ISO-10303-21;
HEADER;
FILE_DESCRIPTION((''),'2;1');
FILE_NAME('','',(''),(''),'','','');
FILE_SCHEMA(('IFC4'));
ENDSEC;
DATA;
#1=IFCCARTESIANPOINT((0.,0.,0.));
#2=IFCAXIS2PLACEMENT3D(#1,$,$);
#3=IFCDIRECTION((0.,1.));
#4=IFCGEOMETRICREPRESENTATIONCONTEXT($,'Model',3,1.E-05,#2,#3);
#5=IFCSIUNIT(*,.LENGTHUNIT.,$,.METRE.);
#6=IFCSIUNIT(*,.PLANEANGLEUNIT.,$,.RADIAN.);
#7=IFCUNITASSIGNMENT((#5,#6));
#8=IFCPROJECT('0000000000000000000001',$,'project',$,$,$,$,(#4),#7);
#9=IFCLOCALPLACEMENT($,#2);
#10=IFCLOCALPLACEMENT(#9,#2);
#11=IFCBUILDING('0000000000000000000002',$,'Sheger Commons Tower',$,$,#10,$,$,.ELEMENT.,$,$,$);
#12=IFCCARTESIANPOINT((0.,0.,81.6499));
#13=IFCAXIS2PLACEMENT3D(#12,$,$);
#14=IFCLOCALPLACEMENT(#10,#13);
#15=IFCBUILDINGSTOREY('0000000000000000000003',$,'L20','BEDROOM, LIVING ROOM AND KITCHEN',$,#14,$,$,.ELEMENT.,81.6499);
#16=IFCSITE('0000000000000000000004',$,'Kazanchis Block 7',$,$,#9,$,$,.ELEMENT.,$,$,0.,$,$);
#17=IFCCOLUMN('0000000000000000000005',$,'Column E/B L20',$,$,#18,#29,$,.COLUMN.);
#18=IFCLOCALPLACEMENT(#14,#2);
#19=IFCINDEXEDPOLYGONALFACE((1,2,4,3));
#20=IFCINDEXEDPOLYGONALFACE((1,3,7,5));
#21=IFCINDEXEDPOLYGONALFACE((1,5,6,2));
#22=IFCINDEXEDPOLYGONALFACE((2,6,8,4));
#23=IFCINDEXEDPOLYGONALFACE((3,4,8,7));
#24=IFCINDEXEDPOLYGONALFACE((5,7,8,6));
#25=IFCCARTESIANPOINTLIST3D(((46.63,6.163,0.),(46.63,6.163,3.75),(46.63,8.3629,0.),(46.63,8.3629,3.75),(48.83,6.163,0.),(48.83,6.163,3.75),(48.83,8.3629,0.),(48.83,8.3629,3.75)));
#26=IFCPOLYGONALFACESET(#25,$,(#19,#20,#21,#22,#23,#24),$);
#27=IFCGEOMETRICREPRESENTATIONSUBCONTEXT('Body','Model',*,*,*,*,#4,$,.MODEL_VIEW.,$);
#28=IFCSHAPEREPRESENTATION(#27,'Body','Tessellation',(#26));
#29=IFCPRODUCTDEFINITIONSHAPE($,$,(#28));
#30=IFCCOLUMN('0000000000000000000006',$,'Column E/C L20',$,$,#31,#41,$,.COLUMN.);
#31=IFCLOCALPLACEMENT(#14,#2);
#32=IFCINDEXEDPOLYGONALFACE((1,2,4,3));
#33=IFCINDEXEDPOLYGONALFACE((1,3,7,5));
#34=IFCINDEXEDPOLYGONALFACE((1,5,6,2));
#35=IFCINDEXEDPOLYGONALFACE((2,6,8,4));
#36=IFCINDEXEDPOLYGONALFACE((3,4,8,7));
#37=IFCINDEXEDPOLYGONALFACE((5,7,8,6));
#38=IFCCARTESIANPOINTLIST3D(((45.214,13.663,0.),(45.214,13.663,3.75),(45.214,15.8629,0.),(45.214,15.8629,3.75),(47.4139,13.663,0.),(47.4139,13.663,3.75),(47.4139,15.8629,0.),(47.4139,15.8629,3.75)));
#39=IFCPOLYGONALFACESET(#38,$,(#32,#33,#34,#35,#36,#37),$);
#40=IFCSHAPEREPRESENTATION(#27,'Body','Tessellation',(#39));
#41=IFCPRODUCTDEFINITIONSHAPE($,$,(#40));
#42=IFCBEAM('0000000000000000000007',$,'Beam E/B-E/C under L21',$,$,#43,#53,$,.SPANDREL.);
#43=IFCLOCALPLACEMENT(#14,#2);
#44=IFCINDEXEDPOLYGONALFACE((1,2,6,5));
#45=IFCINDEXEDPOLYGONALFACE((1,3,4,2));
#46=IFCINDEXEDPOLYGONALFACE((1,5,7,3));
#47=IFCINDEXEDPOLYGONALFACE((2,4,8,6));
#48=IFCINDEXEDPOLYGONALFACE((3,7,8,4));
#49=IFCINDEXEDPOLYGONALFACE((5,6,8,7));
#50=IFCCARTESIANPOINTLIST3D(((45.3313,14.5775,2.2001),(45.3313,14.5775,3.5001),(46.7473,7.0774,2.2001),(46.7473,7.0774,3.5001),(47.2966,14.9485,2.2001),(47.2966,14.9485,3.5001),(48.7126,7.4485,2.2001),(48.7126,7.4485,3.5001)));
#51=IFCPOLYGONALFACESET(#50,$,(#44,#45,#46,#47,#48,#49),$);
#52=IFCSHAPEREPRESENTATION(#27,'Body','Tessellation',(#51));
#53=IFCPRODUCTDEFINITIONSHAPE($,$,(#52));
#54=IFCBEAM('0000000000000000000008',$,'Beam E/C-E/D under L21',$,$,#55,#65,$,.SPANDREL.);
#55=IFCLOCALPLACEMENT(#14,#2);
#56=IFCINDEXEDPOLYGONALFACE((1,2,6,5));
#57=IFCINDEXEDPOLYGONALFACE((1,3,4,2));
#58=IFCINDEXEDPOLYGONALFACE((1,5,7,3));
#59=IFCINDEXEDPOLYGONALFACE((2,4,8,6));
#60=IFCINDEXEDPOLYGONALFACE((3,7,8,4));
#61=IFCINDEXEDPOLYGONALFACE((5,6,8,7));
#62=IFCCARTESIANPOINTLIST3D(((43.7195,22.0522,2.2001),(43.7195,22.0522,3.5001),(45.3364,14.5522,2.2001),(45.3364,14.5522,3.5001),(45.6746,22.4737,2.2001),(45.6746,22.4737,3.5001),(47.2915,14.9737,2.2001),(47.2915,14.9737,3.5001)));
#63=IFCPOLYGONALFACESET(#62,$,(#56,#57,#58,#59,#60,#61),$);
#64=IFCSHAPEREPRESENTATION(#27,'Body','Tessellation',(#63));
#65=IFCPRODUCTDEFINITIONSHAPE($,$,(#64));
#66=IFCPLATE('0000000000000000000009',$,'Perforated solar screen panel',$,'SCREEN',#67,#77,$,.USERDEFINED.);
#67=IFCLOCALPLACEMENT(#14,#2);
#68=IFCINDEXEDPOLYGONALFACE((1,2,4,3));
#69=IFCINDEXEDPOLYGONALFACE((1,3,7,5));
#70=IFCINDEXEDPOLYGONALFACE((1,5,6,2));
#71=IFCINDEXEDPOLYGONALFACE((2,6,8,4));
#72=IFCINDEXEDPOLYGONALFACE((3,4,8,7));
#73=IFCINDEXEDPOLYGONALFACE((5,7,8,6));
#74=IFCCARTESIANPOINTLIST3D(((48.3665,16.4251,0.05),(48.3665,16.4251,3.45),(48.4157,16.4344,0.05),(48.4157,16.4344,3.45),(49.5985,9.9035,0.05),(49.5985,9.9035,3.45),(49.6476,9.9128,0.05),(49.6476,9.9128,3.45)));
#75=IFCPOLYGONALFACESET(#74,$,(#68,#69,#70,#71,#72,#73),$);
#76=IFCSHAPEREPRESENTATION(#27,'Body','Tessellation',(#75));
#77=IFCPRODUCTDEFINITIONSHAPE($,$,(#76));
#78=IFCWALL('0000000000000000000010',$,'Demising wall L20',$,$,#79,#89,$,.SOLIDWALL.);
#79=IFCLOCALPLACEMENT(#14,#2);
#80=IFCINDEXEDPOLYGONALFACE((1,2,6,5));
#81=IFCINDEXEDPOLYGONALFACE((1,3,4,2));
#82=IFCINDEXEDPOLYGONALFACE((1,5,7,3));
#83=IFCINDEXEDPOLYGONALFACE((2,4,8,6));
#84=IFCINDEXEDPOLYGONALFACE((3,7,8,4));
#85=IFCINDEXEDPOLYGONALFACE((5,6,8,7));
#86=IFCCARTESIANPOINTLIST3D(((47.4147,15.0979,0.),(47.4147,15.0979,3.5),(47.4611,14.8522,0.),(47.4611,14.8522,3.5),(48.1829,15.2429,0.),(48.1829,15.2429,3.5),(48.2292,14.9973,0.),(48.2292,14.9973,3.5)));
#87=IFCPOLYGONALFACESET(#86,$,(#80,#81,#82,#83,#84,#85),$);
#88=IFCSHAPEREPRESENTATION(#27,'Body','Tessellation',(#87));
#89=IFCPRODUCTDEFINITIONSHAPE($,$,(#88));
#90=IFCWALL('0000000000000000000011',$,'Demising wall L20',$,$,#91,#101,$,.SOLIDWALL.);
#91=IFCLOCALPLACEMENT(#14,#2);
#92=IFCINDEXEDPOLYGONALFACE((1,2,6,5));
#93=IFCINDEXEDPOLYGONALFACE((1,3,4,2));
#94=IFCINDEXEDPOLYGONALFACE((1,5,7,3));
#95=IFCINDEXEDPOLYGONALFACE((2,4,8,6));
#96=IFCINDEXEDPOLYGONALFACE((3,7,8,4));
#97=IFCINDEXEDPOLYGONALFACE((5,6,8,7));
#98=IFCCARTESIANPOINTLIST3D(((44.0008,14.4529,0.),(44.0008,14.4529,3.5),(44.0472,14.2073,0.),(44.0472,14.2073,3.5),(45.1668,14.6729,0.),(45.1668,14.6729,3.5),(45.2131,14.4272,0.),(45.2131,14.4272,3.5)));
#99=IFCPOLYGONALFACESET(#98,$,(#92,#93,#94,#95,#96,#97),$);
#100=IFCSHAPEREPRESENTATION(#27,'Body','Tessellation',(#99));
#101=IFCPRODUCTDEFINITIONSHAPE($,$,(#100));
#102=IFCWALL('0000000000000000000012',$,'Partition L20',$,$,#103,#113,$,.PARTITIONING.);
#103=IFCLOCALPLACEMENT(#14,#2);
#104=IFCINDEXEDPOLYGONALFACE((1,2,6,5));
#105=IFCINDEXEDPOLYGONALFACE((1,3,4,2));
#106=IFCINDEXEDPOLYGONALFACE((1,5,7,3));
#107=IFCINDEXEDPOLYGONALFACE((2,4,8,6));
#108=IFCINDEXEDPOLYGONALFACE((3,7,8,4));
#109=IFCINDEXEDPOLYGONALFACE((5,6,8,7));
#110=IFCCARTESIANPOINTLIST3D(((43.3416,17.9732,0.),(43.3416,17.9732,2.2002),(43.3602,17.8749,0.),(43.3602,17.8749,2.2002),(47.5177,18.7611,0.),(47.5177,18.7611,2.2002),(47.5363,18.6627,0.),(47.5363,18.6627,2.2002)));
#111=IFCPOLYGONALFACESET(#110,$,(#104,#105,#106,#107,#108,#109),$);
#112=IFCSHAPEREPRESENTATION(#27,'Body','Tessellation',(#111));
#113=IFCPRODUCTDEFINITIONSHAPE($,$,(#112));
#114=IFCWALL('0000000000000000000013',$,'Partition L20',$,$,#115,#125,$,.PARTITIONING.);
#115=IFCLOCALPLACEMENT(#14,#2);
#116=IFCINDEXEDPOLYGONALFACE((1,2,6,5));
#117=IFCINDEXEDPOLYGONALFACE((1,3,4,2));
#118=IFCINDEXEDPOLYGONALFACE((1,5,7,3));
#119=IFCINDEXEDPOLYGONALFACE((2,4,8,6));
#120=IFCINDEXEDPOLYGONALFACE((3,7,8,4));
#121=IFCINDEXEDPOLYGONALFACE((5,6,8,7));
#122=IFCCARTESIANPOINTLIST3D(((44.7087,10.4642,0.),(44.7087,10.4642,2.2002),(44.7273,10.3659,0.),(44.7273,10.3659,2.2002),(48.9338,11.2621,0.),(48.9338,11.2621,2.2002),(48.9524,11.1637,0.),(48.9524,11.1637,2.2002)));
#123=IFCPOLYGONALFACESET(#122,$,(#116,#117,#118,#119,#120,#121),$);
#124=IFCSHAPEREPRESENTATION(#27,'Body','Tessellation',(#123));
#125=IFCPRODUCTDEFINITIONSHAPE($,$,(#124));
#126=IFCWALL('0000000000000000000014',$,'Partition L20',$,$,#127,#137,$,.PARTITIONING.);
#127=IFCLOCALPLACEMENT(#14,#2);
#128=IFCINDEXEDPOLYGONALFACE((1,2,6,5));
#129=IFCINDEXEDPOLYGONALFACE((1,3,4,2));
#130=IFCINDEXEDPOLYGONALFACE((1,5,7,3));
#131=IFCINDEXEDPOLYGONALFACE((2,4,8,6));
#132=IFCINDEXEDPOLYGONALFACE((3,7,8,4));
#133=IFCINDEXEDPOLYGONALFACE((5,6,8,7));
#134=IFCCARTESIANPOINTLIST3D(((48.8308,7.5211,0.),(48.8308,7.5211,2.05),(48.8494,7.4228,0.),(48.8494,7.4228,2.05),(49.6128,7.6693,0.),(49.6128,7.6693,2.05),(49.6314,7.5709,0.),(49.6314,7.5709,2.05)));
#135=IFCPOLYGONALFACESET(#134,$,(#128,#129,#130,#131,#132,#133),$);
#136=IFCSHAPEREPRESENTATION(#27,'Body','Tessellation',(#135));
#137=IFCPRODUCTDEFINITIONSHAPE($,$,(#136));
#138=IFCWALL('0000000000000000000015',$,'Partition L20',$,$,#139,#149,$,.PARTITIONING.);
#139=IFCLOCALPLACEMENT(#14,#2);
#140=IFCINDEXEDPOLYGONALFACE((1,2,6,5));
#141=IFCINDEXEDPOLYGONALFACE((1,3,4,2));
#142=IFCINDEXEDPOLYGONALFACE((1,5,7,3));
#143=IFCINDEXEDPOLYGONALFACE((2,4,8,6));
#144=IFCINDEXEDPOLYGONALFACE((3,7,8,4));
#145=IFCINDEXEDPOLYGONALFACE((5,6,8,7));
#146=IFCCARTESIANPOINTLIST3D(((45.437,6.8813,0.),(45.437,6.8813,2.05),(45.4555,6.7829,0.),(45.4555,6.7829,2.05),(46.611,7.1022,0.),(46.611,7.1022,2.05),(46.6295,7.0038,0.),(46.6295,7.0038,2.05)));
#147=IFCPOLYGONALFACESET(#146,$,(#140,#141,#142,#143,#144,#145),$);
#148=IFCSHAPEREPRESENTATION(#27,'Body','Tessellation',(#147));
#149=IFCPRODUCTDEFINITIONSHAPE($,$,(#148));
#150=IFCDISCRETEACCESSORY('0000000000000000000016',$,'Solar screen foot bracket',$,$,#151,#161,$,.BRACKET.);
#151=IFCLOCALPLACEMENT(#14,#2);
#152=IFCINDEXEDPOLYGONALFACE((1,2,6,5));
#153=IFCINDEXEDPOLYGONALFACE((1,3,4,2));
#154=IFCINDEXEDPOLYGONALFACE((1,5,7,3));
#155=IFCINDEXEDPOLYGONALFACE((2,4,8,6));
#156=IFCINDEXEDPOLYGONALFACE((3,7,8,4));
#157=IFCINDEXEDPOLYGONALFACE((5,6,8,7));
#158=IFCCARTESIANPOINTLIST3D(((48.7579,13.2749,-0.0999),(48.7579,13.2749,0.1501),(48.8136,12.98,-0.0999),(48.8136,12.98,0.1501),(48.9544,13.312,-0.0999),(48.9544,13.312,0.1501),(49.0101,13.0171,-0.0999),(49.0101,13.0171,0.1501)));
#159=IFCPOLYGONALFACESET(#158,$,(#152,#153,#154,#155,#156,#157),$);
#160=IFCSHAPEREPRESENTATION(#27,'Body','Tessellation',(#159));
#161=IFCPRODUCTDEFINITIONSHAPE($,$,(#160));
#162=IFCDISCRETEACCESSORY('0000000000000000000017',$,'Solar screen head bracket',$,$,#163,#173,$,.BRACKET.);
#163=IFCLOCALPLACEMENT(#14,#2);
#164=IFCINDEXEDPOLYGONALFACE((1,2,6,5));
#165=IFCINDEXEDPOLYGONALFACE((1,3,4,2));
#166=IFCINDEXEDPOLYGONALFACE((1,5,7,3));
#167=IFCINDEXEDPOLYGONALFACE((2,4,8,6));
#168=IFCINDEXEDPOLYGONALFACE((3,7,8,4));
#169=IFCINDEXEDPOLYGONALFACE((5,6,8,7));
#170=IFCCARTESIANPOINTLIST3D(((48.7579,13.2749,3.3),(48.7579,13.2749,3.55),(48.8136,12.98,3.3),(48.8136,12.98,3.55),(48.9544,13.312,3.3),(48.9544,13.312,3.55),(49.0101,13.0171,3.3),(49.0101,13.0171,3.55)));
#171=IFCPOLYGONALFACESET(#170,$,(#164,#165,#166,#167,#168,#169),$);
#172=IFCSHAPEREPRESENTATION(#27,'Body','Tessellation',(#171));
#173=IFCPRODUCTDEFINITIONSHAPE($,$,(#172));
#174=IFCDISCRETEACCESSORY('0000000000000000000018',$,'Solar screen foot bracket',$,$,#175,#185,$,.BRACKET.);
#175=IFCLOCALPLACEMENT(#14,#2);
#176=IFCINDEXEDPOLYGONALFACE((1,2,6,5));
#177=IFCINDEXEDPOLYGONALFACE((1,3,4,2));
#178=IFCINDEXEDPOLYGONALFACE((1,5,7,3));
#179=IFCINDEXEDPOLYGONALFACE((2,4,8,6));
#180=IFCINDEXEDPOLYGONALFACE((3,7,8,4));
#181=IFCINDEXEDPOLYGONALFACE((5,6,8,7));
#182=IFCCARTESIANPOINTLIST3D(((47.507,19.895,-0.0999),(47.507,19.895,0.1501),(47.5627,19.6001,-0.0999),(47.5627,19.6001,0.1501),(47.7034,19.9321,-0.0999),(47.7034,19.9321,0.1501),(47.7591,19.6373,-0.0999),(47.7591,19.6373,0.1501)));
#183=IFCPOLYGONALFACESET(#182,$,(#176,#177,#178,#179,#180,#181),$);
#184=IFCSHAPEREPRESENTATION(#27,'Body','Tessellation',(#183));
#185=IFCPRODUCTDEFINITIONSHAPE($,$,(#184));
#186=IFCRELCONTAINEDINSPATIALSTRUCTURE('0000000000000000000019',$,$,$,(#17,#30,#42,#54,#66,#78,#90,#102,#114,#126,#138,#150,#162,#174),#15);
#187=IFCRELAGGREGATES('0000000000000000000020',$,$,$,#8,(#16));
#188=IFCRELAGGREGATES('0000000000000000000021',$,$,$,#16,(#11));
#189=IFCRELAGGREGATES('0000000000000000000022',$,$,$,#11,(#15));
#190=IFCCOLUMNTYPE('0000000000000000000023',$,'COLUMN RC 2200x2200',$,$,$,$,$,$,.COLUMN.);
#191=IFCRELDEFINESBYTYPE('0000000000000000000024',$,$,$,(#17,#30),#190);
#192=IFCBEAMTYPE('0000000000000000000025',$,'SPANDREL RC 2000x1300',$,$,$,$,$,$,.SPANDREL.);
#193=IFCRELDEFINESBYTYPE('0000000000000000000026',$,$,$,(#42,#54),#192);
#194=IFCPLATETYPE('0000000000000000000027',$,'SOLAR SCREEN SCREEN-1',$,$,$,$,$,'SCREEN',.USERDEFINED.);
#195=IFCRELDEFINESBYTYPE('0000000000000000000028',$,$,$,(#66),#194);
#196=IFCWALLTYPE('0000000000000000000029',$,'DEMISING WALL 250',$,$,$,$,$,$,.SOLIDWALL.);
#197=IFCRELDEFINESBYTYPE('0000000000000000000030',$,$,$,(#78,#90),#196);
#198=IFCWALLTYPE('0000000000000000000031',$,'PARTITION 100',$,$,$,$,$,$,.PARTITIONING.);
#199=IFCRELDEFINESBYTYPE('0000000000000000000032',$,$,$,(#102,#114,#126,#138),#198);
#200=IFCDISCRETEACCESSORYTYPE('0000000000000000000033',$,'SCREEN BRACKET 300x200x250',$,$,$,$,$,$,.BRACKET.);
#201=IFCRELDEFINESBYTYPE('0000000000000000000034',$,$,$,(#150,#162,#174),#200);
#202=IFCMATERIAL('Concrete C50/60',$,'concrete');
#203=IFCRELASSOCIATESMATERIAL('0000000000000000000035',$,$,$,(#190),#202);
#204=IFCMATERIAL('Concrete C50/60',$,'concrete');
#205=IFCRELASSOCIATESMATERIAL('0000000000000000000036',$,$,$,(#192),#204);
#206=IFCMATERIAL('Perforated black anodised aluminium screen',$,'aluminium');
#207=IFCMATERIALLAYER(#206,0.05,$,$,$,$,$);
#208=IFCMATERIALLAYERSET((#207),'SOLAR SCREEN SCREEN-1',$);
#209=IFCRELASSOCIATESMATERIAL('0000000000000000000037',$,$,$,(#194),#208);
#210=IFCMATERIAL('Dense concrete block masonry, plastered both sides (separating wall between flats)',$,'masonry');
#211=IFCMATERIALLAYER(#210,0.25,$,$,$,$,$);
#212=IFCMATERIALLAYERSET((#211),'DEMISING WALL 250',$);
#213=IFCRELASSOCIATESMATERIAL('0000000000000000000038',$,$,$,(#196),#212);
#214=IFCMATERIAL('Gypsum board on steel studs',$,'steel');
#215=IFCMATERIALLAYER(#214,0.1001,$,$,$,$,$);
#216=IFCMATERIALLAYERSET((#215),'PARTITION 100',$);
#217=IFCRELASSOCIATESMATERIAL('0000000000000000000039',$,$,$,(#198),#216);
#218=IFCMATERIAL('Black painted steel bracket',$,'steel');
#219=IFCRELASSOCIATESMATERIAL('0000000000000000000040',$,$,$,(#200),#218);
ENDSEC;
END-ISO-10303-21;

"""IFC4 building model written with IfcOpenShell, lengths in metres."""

from ifc_helpers import new_model, si_unit, direction, frame, frame_2d, origin, origin_2d, place, context, subcontext, project, spatial, rectangle, extrude, material, layer, layer_set, material_profile, profile_set, type_object, element, save


model = new_model("IFC4")

# Units and contexts
model_context = context("Model", 3, precision=1e-05, world=origin(), true_north=direction((0.0, 1.0)))
body_context = subcontext(model_context, "Body", "Model", "MODEL_VIEW")
ifc_project = project(units=[si_unit("LENGTHUNIT", "METRE"), si_unit("PLANEANGLEUNIT", "RADIAN")], contexts=[model_context])

# Site, building, storey
site_placement = place(None, origin())
site = spatial("IfcSite", under=ifc_project, at=site_placement, Name="Kazanchis Block 7", CompositionType="ELEMENT", RefElevation=0.0)
building_placement = place(site_placement, origin())
building = spatial("IfcBuilding", under=site, at=building_placement, Name="Sheger Commons Tower", CompositionType="ELEMENT")
storey_placement = place(building_placement, frame((0.0, 0.0, 81.6499)))
storey = spatial("IfcBuildingStorey", under=building, at=storey_placement, Name="L20", Description="BEDROOM, LIVING ROOM AND KITCHEN", CompositionType="ELEMENT", Elevation=81.6499)

# Columns
ifc_material_1 = material(Name="Concrete C50/60", Category="concrete")
ifc_material_profile_1 = material_profile(ifc_material_1, rectangle(XDim=2.2, YDim=2.2, at=origin_2d()), Name="RC 2200x2200")
ifc_profile_set_1 = profile_set([ifc_material_profile_1], Name="Concrete C50/60")
column_type = type_object("IfcColumnType", Name="COLUMN RC 2200x2200", PredefinedType="COLUMN", material=ifc_profile_set_1)
for number, where, z_axis, x_axis, name in (
    (1, (47.73, 7.2629, 0.0), (0.0, 0.0, 1.0), (1.0, 0.0, 0.0), "Column E/B L20"),
    (2, (46.314, 14.7629, 0.0), (0.0, 0.0, 1.0), (1.0, 0.0, 0.0), "Column E/C L20"),
):
    element("IfcColumn", number, at=place(storey_placement, frame(where, z_axis=z_axis, x_axis=x_axis)), inside=storey, type_object=column_type, Name=name, PredefinedType="COLUMN", context=body_context, shape_type="SweptSolid", body=[
        extrude(rectangle(XDim=2.2, YDim=2.2, at=origin_2d()), origin(), (0.0, 0.0, 1.0), 3.75),
    ])

# Beams
ifc_material_2 = material(Name="Concrete C50/60", Category="concrete")
ifc_material_profile_2 = material_profile(ifc_material_2, rectangle(XDim=2.0, YDim=1.3, at=origin_2d()), Name="RC 2000x1300")
ifc_profile_set_2 = profile_set([ifc_material_profile_2], Name="Concrete C50/60")
beam_type = type_object("IfcBeamType", Name="SPANDREL RC 2000x1300", PredefinedType="SPANDREL", material=ifc_profile_set_2)
beam_1_placement = place(storey_placement, frame((47.73, 7.2629, 2.8501), z_axis=(-0.185524, 0.98264, 0.0), x_axis=(-0.98264, -0.185524, 0.0)))
element("IfcBeam", 3, at=beam_1_placement, inside=storey, type_object=beam_type, Name="Beam E/B-E/C under L21", PredefinedType="SPANDREL", context=body_context, shape_type="SweptSolid", body=[
    extrude(rectangle(XDim=2.0, YDim=1.3, at=origin_2d()), origin(), (0.0, 0.0, 1.0), 7.6326),
])
beam_2_placement = place(storey_placement, frame((46.314, 14.7629, 2.8501), z_axis=(-0.21075, 0.97754, 0.0), x_axis=(-0.97754, -0.21075, 0.0)))
element("IfcBeam", 4, at=beam_2_placement, inside=storey, type_object=beam_type, Name="Beam E/C-E/D under L21", PredefinedType="SPANDREL", context=body_context, shape_type="SweptSolid", body=[
    extrude(rectangle(XDim=2.0, YDim=1.3, at=origin_2d()), origin(), (0.0, 0.0, 1.0), 7.6724),
])

# Plate
ifc_material_3 = material(Name="Perforated black anodised aluminium screen", Category="aluminium")
ifc_layer_1 = layer(ifc_material_3, 0.05)
ifc_layer_set_1 = layer_set([ifc_layer_1], Name="SOLAR SCREEN SCREEN-1")
plate_type = type_object("IfcPlateType", Name="SOLAR SCREEN SCREEN-1", ElementType="SCREEN", PredefinedType="USERDEFINED", material=ifc_layer_set_1)
plate_placement = place(storey_placement, frame((49.0071, 13.1689, 0.05), z_axis=(0.0, 0.0, 1.0), x_axis=(-0.185615, 0.982623, 0.0)))
element("IfcPlate", 5, at=plate_placement, inside=storey, type_object=plate_type, Name="Perforated solar screen panel", ObjectType="SCREEN", PredefinedType="USERDEFINED", context=body_context, shape_type="SweptSolid", body=[
    extrude(rectangle(XDim=6.637, YDim=0.05, at=origin_2d()), origin(), (0.0, 0.0, 1.0), 3.3999),
])

# Walls
ifc_material_4 = material(Name="Dense concrete block masonry, plastered both sides (separating wall between flats)", Category="masonry")
ifc_layer_2 = layer(ifc_material_4, 0.25)
ifc_layer_set_2 = layer_set([ifc_layer_2], Name="DEMISING WALL 250")
wall_type_1 = type_object("IfcWallType", Name="DEMISING WALL 250", PredefinedType="SOLIDWALL", material=ifc_layer_set_2)
wall_1_placement = place(storey_placement, frame((48.2061, 15.1201, 0.0), z_axis=(0.0, 0.0, 1.0), x_axis=(-0.982638, -0.185533, 0.0)))
element("IfcWall", 6, at=wall_1_placement, inside=storey, type_object=wall_type_1, Name="Demising wall L20", PredefinedType="SOLIDWALL", context=body_context, shape_type="SweptSolid", body=[
    extrude(rectangle(XDim=0.7817, YDim=0.25, at=frame_2d((0.3909, 0.0))), origin(), (0.0, 0.0, 1.0), 3.5),
])
wall_2_placement = place(storey_placement, frame((45.1899, 14.55, 0.0), z_axis=(0.0, 0.0, 1.0), x_axis=(-0.982667, -0.185382, 0.0)))
element("IfcWall", 7, at=wall_2_placement, inside=storey, type_object=wall_type_1, Name="Demising wall L20", PredefinedType="SOLIDWALL", context=body_context, shape_type="SweptSolid", body=[
    extrude(rectangle(XDim=1.1865, YDim=0.25, at=frame_2d((0.5933, 0.0))), origin(), (0.0, 0.0, 1.0), 3.5),
])
ifc_material_5 = material(Name="Gypsum board on steel studs", Category="steel")
ifc_layer_3 = layer(ifc_material_5, 0.1001)
ifc_layer_set_3 = layer_set([ifc_layer_3], Name="PARTITION 100")
wall_type_2 = type_object("IfcWallType", Name="PARTITION 100", PredefinedType="PARTITIONING", material=ifc_layer_set_3)
wall_3_placement = place(storey_placement, frame((47.5271, 18.7119, 0.0), z_axis=(0.0, 0.0, 1.0), x_axis=(-0.982665, -0.185388, 0.0)))
element("IfcWall", 8, at=wall_3_placement, inside=storey, type_object=wall_type_2, Name="Partition L20", PredefinedType="PARTITIONING", context=body_context, shape_type="SweptSolid", body=[
    extrude(rectangle(XDim=4.2498, YDim=0.1001, at=frame_2d((2.125, 0.0))), origin(), (0.0, 0.0, 1.0), 2.2002),
])
wall_4_placement = place(storey_placement, frame((48.9431, 11.2129, 0.0), z_axis=(0.0, 0.0, 1.0), x_axis=(-0.982634, -0.185557, 0.0)))
element("IfcWall", 9, at=wall_4_placement, inside=storey, type_object=wall_type_2, Name="Partition L20", PredefinedType="PARTITIONING", context=body_context, shape_type="SweptSolid", body=[
    extrude(rectangle(XDim=4.2998, YDim=0.1001, at=frame_2d((2.1499, 0.0))), origin(), (0.0, 0.0, 1.0), 2.2002),
])
wall_5_placement = place(storey_placement, frame((49.6221, 7.6201, 0.0), z_axis=(0.0, 0.0, 1.0), x_axis=(-0.982513, -0.186196, 0.0)))
element("IfcWall", 10, at=wall_5_placement, inside=storey, type_object=wall_type_2, Name="Partition L20", PredefinedType="PARTITIONING", context=body_context, shape_type="SweptSolid", body=[
    extrude(rectangle(XDim=0.7959, YDim=0.1001, at=frame_2d((0.3979, 0.0))), origin(), (0.0, 0.0, 1.0), 2.05),
])
wall_6_placement = place(storey_placement, frame((46.6201, 7.053, 0.0), z_axis=(0.0, 0.0, 1.0), x_axis=(-0.982749, -0.184942, 0.0)))
element("IfcWall", 11, at=wall_6_placement, inside=storey, type_object=wall_type_2, Name="Partition L20", PredefinedType="PARTITIONING", context=body_context, shape_type="SweptSolid", body=[
    extrude(rectangle(XDim=1.1946, YDim=0.1001, at=frame_2d((0.5972, 0.0))), origin(), (0.0, 0.0, 1.0), 2.05),
])

# Discrete accessories
ifc_material_6 = material(Name="Black painted steel bracket", Category="steel")
discrete_accessory_type = type_object("IfcDiscreteAccessoryType", Name="SCREEN BRACKET 300x200x250", PredefinedType="BRACKET", material=ifc_material_6)
for number, where, z_axis, x_axis, name in (
    (12, (48.884, 13.146, -0.0999), (0.0, 0.0, 1.0), (-0.185615, 0.982623, 0.0), "Solar screen foot bracket"),
    (13, (48.884, 13.146, 3.3), (0.0, 0.0, 1.0), (-0.185615, 0.982623, 0.0), "Solar screen head bracket"),
    (14, (47.6331, 19.7661, -0.0999), (0.0, 0.0, 1.0), (-0.185615, 0.982623, 0.0), "Solar screen foot bracket"),
):
    element("IfcDiscreteAccessory", number, at=place(storey_placement, frame(where, z_axis=z_axis, x_axis=x_axis)), inside=storey, type_object=discrete_accessory_type, Name=name, PredefinedType="BRACKET", context=body_context, shape_type="SweptSolid", body=[
        extrude(rectangle(XDim=0.3, YDim=0.2, at=origin_2d()), origin(), (0.0, 0.0, 1.0), 0.25),
    ])

save(model, "model.ifc")
